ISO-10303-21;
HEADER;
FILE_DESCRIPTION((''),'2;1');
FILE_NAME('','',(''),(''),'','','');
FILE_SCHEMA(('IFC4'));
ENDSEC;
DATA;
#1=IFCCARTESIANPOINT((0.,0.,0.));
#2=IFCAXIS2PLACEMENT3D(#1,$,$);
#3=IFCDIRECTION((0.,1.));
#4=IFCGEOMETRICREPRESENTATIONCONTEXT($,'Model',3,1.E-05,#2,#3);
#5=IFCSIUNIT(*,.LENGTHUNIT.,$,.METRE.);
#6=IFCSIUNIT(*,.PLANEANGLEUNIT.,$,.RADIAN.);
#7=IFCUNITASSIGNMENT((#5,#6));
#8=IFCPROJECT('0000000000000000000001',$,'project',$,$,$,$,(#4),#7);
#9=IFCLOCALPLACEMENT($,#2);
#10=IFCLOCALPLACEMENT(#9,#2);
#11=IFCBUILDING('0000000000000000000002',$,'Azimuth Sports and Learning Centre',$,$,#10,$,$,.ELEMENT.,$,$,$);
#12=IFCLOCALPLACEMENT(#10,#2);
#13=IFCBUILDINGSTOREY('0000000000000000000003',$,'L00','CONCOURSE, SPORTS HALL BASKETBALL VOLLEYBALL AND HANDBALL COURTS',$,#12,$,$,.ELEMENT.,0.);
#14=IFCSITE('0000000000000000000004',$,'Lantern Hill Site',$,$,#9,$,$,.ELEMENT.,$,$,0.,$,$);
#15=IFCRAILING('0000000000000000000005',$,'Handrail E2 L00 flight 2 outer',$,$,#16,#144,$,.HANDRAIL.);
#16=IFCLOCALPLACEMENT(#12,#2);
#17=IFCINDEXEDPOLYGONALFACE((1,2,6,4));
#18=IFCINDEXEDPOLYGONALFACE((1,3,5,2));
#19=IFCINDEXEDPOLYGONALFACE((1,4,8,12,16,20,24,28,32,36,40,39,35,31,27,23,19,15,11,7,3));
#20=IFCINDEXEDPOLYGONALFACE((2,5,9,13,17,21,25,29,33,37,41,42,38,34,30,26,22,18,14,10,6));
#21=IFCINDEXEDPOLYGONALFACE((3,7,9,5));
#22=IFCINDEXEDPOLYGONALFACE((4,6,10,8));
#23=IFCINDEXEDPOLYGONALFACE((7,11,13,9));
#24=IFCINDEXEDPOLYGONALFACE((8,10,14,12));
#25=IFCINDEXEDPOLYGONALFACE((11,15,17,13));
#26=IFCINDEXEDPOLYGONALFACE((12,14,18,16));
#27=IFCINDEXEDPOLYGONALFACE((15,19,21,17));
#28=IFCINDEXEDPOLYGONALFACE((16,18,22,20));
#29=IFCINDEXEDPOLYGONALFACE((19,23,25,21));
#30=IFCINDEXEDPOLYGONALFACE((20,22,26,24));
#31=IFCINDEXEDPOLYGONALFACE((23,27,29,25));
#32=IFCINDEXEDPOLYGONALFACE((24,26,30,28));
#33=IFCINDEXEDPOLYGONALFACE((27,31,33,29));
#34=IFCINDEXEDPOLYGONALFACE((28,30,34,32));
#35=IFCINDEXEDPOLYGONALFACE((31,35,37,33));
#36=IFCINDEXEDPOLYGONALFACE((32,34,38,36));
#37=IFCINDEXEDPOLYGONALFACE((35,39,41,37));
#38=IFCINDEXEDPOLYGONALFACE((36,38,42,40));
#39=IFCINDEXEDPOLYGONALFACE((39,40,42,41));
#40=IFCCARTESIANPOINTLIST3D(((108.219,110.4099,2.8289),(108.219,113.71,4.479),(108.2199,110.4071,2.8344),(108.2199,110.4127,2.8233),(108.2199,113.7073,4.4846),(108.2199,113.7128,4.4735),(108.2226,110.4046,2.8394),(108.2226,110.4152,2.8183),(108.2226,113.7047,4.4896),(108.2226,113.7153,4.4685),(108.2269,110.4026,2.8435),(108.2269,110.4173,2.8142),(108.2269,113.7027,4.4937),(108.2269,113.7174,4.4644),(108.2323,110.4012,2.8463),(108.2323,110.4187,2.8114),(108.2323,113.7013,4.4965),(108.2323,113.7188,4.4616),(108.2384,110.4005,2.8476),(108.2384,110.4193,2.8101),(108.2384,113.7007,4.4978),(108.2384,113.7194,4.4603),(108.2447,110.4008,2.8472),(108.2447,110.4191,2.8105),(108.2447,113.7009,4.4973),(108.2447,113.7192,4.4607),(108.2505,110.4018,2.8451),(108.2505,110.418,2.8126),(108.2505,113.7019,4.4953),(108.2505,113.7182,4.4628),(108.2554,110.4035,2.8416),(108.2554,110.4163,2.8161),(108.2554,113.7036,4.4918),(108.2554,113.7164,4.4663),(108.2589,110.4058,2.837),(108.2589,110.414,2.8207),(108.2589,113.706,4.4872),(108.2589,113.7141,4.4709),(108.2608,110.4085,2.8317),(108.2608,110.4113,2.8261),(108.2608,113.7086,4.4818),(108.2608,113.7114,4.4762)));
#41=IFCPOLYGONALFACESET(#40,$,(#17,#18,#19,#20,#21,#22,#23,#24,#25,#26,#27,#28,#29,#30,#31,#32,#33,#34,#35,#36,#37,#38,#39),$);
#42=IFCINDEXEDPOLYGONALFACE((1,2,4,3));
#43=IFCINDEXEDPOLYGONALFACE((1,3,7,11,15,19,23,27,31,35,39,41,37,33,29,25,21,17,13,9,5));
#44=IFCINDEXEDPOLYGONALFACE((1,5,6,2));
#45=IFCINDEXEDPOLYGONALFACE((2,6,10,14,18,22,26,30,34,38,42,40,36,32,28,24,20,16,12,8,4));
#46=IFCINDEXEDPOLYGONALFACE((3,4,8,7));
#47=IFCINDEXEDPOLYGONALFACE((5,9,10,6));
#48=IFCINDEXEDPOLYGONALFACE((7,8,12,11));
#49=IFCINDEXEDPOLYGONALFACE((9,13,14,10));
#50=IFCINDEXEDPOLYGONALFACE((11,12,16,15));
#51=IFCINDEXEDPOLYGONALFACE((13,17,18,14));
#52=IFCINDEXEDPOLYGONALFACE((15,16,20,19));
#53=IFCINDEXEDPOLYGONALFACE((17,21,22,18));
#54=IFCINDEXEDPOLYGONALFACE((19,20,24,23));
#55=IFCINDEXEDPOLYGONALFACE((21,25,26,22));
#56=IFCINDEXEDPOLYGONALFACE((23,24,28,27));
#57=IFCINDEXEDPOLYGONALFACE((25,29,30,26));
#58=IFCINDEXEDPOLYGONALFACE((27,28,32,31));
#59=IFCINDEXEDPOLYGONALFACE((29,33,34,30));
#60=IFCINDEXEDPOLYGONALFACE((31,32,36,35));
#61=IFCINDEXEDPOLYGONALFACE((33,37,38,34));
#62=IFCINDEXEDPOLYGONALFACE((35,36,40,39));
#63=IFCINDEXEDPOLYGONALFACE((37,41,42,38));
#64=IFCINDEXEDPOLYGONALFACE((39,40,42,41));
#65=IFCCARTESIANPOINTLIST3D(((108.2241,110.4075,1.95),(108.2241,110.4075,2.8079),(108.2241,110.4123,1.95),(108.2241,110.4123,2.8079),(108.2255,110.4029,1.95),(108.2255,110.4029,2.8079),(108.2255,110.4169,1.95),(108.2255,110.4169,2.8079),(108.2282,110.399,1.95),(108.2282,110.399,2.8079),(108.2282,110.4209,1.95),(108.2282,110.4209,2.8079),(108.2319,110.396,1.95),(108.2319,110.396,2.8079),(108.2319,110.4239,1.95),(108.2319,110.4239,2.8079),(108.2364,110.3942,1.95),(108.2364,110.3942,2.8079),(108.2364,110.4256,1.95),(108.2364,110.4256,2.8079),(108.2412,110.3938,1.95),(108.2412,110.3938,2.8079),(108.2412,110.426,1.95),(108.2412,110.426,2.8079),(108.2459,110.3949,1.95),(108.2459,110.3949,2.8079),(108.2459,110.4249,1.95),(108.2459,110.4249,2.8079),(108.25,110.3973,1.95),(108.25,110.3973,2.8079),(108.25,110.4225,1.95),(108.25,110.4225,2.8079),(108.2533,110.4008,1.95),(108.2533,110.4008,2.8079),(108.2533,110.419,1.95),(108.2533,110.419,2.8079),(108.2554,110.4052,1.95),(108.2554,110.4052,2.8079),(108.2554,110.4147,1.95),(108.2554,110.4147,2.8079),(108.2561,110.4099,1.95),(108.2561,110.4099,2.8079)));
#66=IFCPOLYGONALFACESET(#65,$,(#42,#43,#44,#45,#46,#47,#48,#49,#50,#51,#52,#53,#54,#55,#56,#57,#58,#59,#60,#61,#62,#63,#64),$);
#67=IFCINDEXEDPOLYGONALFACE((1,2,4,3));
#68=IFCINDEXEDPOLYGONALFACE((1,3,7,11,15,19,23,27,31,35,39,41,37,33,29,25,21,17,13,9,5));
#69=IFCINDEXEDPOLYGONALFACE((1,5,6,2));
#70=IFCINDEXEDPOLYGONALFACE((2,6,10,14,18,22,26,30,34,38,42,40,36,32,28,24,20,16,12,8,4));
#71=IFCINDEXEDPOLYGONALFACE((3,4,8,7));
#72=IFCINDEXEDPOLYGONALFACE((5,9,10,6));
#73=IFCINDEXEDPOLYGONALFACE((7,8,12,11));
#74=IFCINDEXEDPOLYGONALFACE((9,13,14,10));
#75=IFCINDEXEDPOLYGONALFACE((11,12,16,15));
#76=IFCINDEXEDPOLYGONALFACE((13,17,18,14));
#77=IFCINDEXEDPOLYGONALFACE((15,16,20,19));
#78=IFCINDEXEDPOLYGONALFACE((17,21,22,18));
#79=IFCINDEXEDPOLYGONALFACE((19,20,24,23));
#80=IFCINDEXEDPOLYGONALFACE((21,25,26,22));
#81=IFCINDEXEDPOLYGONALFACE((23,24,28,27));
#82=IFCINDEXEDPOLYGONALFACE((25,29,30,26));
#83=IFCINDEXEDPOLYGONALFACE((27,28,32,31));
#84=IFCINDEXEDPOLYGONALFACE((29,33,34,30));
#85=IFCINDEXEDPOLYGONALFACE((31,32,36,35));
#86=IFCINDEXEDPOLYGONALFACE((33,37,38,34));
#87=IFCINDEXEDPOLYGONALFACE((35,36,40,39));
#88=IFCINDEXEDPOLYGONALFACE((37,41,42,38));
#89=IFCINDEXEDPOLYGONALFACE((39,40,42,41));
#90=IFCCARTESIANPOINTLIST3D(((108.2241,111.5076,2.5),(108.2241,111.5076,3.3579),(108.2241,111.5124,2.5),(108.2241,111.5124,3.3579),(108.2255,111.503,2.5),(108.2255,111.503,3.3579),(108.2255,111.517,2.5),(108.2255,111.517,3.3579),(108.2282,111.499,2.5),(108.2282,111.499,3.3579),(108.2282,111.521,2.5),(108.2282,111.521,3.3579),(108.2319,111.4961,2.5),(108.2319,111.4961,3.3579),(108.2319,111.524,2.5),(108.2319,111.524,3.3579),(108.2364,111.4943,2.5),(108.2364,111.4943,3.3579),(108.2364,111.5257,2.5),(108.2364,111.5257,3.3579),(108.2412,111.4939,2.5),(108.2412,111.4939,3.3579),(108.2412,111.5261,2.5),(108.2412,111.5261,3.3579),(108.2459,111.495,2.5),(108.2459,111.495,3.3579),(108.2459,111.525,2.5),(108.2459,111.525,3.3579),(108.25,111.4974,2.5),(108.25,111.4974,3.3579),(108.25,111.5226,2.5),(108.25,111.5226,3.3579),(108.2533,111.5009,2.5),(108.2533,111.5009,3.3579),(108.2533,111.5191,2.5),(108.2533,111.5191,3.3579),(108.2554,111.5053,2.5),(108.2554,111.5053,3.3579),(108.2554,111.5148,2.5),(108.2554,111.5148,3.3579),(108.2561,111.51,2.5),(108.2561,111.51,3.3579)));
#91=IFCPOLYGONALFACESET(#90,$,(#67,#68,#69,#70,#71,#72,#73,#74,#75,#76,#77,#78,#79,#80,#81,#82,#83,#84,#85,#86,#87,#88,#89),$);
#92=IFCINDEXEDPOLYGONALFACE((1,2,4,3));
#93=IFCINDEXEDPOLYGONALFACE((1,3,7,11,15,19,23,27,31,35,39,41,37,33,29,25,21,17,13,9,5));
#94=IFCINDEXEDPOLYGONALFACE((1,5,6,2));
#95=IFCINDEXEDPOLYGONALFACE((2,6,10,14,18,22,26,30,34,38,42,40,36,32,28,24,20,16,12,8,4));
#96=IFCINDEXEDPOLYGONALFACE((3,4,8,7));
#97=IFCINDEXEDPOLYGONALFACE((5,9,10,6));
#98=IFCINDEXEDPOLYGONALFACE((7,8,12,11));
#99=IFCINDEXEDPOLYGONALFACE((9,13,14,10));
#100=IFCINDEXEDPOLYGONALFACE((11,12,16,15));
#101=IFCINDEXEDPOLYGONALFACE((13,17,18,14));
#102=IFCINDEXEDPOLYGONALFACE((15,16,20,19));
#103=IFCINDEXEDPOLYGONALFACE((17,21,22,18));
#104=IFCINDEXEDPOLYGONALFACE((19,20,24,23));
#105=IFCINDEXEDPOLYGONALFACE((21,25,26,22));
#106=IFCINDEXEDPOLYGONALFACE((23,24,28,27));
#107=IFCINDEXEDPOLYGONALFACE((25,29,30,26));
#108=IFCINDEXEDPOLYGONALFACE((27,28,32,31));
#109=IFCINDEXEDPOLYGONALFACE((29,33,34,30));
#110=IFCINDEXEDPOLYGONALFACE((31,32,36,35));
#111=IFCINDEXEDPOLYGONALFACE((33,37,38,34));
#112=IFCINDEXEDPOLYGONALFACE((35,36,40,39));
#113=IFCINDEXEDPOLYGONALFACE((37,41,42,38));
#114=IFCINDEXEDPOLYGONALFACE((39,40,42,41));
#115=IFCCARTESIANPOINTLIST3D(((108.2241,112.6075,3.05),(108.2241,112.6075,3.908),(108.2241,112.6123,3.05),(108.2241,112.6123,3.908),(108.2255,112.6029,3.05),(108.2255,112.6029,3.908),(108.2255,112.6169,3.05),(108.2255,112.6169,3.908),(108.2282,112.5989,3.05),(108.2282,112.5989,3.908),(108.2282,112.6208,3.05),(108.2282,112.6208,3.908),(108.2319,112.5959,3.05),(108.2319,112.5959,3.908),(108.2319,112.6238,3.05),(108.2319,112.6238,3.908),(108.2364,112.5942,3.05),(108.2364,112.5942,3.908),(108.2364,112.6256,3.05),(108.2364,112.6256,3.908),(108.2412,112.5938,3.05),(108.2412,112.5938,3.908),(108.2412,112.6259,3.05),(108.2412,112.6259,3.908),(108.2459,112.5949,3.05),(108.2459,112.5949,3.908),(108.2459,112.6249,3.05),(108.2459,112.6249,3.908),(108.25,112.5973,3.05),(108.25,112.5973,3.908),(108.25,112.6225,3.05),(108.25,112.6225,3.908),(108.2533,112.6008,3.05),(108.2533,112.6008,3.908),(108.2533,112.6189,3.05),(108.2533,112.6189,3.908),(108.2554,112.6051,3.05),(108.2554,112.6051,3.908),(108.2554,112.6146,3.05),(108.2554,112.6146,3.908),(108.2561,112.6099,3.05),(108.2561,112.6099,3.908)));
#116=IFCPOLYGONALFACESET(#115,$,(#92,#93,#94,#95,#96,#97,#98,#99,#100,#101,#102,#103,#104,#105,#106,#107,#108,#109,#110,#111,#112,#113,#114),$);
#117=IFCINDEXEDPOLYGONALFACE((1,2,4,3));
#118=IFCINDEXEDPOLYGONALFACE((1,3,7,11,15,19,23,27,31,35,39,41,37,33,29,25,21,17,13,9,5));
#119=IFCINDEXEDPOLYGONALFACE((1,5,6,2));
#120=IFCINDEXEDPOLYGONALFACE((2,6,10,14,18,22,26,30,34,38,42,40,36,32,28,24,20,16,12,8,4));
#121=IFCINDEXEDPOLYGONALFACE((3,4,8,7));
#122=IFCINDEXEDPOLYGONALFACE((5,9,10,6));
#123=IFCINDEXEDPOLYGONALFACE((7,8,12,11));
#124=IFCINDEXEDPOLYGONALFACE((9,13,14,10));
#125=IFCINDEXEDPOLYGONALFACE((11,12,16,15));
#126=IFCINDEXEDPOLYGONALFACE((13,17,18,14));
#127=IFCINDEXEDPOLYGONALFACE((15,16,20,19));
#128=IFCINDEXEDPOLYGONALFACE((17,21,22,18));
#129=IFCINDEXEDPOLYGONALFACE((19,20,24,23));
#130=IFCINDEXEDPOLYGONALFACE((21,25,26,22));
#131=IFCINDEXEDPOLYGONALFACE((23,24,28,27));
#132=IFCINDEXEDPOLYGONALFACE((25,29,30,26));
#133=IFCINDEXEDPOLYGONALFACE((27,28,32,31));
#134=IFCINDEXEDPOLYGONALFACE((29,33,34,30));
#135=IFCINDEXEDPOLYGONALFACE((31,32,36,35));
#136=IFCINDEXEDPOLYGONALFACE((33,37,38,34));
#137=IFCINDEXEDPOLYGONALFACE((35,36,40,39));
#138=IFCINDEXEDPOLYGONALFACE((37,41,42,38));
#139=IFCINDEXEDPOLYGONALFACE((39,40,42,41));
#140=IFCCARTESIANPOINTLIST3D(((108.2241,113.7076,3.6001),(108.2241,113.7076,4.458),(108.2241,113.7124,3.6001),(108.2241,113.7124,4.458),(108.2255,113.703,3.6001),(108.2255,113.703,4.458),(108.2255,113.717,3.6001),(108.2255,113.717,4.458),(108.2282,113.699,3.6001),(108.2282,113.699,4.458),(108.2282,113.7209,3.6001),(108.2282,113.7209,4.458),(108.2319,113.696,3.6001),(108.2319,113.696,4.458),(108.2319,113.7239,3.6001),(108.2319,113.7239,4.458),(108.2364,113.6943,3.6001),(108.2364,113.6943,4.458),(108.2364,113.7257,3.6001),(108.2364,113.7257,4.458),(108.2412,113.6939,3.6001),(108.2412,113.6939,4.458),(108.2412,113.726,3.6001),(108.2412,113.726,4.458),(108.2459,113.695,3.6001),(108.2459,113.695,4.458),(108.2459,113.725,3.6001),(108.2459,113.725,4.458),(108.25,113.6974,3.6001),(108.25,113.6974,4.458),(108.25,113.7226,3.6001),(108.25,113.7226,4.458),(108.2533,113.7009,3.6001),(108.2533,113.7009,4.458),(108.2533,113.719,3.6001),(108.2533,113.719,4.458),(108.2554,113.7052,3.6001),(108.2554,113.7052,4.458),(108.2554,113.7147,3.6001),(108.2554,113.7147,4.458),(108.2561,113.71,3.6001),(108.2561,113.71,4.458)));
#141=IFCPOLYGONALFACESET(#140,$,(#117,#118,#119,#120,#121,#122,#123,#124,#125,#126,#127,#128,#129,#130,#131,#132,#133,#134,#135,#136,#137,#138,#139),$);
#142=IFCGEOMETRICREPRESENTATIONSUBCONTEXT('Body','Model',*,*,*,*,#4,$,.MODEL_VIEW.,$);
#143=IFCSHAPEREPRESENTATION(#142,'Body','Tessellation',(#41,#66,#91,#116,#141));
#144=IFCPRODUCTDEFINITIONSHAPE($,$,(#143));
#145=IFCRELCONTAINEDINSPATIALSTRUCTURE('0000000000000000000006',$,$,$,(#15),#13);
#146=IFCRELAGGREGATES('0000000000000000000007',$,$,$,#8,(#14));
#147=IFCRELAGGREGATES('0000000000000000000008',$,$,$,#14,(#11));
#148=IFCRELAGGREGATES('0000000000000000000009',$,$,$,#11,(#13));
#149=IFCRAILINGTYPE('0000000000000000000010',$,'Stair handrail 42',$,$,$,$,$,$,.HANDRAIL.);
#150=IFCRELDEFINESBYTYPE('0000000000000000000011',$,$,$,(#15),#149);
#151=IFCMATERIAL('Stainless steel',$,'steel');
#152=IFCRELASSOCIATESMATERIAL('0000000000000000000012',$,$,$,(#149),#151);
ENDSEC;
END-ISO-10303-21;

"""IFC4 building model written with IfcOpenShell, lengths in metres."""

from ifc_helpers import new_model, si_unit, direction, frame, origin, origin_2d, place, context, subcontext, project, spatial, circle, extrude, material, type_object, element, save


model = new_model("IFC4")

# Units and contexts
model_context = context("Model", 3, precision=1e-05, world=origin(), true_north=direction((0.0, 1.0)))
body_context = subcontext(model_context, "Body", "Model", "MODEL_VIEW")
ifc_project = project(units=[si_unit("LENGTHUNIT", "METRE"), si_unit("PLANEANGLEUNIT", "RADIAN")], contexts=[model_context])

# Site, building, storey
site_placement = place(None, origin())
site = spatial("IfcSite", under=ifc_project, at=site_placement, Name="Lantern Hill Site", CompositionType="ELEMENT", RefElevation=0.0)
building_placement = place(site_placement, origin())
building = spatial("IfcBuilding", under=site, at=building_placement, Name="Azimuth Sports and Learning Centre", CompositionType="ELEMENT")
storey_placement = place(building_placement, origin())
storey = spatial("IfcBuildingStorey", under=building, at=storey_placement, Name="L00", Description="CONCOURSE, SPORTS HALL BASKETBALL VOLLEYBALL AND HANDBALL COURTS", CompositionType="ELEMENT", Elevation=0.0)

# Railing
ifc_material_1 = material(Name="Stainless steel", Category="steel")
railing_type = type_object("IfcRailingType", Name="Stair handrail 42", PredefinedType="HANDRAIL", material=ifc_material_1)
railing_placement = place(storey_placement, frame((108.24, 110.4099, 1.95)))
element("IfcRailing", 1, at=railing_placement, inside=storey, type_object=railing_type, Name="Handrail E2 L00 flight 2 outer", PredefinedType="HANDRAIL", context=body_context, shape_type="SweptSolid", body=[
    extrude(circle(Radius=0.021, at=origin_2d()), frame((0.0, 0.0, 0.8789), z_axis=(0.0, 0.894414, 0.44724), x_axis=(-1.0, 0.0, 0.0)), (0.0, 0.0, 1.0), 3.6897),
    extrude(circle(Radius=0.0161, at=origin_2d()), origin(), (0.0, 0.0, 1.0), 0.8579),
    extrude(circle(Radius=0.0161, at=origin_2d()), frame((0.0, 1.1001, 0.55)), (0.0, 0.0, 1.0), 0.8579),
    extrude(circle(Radius=0.0161, at=origin_2d()), frame((0.0, 2.2, 1.1001)), (0.0, 0.0, 1.0), 0.8579),
    extrude(circle(Radius=0.0161, at=origin_2d()), frame((0.0, 3.3, 1.6501)), (0.0, 0.0, 1.0), 0.8579),
])

save(model, "model.ifc")
